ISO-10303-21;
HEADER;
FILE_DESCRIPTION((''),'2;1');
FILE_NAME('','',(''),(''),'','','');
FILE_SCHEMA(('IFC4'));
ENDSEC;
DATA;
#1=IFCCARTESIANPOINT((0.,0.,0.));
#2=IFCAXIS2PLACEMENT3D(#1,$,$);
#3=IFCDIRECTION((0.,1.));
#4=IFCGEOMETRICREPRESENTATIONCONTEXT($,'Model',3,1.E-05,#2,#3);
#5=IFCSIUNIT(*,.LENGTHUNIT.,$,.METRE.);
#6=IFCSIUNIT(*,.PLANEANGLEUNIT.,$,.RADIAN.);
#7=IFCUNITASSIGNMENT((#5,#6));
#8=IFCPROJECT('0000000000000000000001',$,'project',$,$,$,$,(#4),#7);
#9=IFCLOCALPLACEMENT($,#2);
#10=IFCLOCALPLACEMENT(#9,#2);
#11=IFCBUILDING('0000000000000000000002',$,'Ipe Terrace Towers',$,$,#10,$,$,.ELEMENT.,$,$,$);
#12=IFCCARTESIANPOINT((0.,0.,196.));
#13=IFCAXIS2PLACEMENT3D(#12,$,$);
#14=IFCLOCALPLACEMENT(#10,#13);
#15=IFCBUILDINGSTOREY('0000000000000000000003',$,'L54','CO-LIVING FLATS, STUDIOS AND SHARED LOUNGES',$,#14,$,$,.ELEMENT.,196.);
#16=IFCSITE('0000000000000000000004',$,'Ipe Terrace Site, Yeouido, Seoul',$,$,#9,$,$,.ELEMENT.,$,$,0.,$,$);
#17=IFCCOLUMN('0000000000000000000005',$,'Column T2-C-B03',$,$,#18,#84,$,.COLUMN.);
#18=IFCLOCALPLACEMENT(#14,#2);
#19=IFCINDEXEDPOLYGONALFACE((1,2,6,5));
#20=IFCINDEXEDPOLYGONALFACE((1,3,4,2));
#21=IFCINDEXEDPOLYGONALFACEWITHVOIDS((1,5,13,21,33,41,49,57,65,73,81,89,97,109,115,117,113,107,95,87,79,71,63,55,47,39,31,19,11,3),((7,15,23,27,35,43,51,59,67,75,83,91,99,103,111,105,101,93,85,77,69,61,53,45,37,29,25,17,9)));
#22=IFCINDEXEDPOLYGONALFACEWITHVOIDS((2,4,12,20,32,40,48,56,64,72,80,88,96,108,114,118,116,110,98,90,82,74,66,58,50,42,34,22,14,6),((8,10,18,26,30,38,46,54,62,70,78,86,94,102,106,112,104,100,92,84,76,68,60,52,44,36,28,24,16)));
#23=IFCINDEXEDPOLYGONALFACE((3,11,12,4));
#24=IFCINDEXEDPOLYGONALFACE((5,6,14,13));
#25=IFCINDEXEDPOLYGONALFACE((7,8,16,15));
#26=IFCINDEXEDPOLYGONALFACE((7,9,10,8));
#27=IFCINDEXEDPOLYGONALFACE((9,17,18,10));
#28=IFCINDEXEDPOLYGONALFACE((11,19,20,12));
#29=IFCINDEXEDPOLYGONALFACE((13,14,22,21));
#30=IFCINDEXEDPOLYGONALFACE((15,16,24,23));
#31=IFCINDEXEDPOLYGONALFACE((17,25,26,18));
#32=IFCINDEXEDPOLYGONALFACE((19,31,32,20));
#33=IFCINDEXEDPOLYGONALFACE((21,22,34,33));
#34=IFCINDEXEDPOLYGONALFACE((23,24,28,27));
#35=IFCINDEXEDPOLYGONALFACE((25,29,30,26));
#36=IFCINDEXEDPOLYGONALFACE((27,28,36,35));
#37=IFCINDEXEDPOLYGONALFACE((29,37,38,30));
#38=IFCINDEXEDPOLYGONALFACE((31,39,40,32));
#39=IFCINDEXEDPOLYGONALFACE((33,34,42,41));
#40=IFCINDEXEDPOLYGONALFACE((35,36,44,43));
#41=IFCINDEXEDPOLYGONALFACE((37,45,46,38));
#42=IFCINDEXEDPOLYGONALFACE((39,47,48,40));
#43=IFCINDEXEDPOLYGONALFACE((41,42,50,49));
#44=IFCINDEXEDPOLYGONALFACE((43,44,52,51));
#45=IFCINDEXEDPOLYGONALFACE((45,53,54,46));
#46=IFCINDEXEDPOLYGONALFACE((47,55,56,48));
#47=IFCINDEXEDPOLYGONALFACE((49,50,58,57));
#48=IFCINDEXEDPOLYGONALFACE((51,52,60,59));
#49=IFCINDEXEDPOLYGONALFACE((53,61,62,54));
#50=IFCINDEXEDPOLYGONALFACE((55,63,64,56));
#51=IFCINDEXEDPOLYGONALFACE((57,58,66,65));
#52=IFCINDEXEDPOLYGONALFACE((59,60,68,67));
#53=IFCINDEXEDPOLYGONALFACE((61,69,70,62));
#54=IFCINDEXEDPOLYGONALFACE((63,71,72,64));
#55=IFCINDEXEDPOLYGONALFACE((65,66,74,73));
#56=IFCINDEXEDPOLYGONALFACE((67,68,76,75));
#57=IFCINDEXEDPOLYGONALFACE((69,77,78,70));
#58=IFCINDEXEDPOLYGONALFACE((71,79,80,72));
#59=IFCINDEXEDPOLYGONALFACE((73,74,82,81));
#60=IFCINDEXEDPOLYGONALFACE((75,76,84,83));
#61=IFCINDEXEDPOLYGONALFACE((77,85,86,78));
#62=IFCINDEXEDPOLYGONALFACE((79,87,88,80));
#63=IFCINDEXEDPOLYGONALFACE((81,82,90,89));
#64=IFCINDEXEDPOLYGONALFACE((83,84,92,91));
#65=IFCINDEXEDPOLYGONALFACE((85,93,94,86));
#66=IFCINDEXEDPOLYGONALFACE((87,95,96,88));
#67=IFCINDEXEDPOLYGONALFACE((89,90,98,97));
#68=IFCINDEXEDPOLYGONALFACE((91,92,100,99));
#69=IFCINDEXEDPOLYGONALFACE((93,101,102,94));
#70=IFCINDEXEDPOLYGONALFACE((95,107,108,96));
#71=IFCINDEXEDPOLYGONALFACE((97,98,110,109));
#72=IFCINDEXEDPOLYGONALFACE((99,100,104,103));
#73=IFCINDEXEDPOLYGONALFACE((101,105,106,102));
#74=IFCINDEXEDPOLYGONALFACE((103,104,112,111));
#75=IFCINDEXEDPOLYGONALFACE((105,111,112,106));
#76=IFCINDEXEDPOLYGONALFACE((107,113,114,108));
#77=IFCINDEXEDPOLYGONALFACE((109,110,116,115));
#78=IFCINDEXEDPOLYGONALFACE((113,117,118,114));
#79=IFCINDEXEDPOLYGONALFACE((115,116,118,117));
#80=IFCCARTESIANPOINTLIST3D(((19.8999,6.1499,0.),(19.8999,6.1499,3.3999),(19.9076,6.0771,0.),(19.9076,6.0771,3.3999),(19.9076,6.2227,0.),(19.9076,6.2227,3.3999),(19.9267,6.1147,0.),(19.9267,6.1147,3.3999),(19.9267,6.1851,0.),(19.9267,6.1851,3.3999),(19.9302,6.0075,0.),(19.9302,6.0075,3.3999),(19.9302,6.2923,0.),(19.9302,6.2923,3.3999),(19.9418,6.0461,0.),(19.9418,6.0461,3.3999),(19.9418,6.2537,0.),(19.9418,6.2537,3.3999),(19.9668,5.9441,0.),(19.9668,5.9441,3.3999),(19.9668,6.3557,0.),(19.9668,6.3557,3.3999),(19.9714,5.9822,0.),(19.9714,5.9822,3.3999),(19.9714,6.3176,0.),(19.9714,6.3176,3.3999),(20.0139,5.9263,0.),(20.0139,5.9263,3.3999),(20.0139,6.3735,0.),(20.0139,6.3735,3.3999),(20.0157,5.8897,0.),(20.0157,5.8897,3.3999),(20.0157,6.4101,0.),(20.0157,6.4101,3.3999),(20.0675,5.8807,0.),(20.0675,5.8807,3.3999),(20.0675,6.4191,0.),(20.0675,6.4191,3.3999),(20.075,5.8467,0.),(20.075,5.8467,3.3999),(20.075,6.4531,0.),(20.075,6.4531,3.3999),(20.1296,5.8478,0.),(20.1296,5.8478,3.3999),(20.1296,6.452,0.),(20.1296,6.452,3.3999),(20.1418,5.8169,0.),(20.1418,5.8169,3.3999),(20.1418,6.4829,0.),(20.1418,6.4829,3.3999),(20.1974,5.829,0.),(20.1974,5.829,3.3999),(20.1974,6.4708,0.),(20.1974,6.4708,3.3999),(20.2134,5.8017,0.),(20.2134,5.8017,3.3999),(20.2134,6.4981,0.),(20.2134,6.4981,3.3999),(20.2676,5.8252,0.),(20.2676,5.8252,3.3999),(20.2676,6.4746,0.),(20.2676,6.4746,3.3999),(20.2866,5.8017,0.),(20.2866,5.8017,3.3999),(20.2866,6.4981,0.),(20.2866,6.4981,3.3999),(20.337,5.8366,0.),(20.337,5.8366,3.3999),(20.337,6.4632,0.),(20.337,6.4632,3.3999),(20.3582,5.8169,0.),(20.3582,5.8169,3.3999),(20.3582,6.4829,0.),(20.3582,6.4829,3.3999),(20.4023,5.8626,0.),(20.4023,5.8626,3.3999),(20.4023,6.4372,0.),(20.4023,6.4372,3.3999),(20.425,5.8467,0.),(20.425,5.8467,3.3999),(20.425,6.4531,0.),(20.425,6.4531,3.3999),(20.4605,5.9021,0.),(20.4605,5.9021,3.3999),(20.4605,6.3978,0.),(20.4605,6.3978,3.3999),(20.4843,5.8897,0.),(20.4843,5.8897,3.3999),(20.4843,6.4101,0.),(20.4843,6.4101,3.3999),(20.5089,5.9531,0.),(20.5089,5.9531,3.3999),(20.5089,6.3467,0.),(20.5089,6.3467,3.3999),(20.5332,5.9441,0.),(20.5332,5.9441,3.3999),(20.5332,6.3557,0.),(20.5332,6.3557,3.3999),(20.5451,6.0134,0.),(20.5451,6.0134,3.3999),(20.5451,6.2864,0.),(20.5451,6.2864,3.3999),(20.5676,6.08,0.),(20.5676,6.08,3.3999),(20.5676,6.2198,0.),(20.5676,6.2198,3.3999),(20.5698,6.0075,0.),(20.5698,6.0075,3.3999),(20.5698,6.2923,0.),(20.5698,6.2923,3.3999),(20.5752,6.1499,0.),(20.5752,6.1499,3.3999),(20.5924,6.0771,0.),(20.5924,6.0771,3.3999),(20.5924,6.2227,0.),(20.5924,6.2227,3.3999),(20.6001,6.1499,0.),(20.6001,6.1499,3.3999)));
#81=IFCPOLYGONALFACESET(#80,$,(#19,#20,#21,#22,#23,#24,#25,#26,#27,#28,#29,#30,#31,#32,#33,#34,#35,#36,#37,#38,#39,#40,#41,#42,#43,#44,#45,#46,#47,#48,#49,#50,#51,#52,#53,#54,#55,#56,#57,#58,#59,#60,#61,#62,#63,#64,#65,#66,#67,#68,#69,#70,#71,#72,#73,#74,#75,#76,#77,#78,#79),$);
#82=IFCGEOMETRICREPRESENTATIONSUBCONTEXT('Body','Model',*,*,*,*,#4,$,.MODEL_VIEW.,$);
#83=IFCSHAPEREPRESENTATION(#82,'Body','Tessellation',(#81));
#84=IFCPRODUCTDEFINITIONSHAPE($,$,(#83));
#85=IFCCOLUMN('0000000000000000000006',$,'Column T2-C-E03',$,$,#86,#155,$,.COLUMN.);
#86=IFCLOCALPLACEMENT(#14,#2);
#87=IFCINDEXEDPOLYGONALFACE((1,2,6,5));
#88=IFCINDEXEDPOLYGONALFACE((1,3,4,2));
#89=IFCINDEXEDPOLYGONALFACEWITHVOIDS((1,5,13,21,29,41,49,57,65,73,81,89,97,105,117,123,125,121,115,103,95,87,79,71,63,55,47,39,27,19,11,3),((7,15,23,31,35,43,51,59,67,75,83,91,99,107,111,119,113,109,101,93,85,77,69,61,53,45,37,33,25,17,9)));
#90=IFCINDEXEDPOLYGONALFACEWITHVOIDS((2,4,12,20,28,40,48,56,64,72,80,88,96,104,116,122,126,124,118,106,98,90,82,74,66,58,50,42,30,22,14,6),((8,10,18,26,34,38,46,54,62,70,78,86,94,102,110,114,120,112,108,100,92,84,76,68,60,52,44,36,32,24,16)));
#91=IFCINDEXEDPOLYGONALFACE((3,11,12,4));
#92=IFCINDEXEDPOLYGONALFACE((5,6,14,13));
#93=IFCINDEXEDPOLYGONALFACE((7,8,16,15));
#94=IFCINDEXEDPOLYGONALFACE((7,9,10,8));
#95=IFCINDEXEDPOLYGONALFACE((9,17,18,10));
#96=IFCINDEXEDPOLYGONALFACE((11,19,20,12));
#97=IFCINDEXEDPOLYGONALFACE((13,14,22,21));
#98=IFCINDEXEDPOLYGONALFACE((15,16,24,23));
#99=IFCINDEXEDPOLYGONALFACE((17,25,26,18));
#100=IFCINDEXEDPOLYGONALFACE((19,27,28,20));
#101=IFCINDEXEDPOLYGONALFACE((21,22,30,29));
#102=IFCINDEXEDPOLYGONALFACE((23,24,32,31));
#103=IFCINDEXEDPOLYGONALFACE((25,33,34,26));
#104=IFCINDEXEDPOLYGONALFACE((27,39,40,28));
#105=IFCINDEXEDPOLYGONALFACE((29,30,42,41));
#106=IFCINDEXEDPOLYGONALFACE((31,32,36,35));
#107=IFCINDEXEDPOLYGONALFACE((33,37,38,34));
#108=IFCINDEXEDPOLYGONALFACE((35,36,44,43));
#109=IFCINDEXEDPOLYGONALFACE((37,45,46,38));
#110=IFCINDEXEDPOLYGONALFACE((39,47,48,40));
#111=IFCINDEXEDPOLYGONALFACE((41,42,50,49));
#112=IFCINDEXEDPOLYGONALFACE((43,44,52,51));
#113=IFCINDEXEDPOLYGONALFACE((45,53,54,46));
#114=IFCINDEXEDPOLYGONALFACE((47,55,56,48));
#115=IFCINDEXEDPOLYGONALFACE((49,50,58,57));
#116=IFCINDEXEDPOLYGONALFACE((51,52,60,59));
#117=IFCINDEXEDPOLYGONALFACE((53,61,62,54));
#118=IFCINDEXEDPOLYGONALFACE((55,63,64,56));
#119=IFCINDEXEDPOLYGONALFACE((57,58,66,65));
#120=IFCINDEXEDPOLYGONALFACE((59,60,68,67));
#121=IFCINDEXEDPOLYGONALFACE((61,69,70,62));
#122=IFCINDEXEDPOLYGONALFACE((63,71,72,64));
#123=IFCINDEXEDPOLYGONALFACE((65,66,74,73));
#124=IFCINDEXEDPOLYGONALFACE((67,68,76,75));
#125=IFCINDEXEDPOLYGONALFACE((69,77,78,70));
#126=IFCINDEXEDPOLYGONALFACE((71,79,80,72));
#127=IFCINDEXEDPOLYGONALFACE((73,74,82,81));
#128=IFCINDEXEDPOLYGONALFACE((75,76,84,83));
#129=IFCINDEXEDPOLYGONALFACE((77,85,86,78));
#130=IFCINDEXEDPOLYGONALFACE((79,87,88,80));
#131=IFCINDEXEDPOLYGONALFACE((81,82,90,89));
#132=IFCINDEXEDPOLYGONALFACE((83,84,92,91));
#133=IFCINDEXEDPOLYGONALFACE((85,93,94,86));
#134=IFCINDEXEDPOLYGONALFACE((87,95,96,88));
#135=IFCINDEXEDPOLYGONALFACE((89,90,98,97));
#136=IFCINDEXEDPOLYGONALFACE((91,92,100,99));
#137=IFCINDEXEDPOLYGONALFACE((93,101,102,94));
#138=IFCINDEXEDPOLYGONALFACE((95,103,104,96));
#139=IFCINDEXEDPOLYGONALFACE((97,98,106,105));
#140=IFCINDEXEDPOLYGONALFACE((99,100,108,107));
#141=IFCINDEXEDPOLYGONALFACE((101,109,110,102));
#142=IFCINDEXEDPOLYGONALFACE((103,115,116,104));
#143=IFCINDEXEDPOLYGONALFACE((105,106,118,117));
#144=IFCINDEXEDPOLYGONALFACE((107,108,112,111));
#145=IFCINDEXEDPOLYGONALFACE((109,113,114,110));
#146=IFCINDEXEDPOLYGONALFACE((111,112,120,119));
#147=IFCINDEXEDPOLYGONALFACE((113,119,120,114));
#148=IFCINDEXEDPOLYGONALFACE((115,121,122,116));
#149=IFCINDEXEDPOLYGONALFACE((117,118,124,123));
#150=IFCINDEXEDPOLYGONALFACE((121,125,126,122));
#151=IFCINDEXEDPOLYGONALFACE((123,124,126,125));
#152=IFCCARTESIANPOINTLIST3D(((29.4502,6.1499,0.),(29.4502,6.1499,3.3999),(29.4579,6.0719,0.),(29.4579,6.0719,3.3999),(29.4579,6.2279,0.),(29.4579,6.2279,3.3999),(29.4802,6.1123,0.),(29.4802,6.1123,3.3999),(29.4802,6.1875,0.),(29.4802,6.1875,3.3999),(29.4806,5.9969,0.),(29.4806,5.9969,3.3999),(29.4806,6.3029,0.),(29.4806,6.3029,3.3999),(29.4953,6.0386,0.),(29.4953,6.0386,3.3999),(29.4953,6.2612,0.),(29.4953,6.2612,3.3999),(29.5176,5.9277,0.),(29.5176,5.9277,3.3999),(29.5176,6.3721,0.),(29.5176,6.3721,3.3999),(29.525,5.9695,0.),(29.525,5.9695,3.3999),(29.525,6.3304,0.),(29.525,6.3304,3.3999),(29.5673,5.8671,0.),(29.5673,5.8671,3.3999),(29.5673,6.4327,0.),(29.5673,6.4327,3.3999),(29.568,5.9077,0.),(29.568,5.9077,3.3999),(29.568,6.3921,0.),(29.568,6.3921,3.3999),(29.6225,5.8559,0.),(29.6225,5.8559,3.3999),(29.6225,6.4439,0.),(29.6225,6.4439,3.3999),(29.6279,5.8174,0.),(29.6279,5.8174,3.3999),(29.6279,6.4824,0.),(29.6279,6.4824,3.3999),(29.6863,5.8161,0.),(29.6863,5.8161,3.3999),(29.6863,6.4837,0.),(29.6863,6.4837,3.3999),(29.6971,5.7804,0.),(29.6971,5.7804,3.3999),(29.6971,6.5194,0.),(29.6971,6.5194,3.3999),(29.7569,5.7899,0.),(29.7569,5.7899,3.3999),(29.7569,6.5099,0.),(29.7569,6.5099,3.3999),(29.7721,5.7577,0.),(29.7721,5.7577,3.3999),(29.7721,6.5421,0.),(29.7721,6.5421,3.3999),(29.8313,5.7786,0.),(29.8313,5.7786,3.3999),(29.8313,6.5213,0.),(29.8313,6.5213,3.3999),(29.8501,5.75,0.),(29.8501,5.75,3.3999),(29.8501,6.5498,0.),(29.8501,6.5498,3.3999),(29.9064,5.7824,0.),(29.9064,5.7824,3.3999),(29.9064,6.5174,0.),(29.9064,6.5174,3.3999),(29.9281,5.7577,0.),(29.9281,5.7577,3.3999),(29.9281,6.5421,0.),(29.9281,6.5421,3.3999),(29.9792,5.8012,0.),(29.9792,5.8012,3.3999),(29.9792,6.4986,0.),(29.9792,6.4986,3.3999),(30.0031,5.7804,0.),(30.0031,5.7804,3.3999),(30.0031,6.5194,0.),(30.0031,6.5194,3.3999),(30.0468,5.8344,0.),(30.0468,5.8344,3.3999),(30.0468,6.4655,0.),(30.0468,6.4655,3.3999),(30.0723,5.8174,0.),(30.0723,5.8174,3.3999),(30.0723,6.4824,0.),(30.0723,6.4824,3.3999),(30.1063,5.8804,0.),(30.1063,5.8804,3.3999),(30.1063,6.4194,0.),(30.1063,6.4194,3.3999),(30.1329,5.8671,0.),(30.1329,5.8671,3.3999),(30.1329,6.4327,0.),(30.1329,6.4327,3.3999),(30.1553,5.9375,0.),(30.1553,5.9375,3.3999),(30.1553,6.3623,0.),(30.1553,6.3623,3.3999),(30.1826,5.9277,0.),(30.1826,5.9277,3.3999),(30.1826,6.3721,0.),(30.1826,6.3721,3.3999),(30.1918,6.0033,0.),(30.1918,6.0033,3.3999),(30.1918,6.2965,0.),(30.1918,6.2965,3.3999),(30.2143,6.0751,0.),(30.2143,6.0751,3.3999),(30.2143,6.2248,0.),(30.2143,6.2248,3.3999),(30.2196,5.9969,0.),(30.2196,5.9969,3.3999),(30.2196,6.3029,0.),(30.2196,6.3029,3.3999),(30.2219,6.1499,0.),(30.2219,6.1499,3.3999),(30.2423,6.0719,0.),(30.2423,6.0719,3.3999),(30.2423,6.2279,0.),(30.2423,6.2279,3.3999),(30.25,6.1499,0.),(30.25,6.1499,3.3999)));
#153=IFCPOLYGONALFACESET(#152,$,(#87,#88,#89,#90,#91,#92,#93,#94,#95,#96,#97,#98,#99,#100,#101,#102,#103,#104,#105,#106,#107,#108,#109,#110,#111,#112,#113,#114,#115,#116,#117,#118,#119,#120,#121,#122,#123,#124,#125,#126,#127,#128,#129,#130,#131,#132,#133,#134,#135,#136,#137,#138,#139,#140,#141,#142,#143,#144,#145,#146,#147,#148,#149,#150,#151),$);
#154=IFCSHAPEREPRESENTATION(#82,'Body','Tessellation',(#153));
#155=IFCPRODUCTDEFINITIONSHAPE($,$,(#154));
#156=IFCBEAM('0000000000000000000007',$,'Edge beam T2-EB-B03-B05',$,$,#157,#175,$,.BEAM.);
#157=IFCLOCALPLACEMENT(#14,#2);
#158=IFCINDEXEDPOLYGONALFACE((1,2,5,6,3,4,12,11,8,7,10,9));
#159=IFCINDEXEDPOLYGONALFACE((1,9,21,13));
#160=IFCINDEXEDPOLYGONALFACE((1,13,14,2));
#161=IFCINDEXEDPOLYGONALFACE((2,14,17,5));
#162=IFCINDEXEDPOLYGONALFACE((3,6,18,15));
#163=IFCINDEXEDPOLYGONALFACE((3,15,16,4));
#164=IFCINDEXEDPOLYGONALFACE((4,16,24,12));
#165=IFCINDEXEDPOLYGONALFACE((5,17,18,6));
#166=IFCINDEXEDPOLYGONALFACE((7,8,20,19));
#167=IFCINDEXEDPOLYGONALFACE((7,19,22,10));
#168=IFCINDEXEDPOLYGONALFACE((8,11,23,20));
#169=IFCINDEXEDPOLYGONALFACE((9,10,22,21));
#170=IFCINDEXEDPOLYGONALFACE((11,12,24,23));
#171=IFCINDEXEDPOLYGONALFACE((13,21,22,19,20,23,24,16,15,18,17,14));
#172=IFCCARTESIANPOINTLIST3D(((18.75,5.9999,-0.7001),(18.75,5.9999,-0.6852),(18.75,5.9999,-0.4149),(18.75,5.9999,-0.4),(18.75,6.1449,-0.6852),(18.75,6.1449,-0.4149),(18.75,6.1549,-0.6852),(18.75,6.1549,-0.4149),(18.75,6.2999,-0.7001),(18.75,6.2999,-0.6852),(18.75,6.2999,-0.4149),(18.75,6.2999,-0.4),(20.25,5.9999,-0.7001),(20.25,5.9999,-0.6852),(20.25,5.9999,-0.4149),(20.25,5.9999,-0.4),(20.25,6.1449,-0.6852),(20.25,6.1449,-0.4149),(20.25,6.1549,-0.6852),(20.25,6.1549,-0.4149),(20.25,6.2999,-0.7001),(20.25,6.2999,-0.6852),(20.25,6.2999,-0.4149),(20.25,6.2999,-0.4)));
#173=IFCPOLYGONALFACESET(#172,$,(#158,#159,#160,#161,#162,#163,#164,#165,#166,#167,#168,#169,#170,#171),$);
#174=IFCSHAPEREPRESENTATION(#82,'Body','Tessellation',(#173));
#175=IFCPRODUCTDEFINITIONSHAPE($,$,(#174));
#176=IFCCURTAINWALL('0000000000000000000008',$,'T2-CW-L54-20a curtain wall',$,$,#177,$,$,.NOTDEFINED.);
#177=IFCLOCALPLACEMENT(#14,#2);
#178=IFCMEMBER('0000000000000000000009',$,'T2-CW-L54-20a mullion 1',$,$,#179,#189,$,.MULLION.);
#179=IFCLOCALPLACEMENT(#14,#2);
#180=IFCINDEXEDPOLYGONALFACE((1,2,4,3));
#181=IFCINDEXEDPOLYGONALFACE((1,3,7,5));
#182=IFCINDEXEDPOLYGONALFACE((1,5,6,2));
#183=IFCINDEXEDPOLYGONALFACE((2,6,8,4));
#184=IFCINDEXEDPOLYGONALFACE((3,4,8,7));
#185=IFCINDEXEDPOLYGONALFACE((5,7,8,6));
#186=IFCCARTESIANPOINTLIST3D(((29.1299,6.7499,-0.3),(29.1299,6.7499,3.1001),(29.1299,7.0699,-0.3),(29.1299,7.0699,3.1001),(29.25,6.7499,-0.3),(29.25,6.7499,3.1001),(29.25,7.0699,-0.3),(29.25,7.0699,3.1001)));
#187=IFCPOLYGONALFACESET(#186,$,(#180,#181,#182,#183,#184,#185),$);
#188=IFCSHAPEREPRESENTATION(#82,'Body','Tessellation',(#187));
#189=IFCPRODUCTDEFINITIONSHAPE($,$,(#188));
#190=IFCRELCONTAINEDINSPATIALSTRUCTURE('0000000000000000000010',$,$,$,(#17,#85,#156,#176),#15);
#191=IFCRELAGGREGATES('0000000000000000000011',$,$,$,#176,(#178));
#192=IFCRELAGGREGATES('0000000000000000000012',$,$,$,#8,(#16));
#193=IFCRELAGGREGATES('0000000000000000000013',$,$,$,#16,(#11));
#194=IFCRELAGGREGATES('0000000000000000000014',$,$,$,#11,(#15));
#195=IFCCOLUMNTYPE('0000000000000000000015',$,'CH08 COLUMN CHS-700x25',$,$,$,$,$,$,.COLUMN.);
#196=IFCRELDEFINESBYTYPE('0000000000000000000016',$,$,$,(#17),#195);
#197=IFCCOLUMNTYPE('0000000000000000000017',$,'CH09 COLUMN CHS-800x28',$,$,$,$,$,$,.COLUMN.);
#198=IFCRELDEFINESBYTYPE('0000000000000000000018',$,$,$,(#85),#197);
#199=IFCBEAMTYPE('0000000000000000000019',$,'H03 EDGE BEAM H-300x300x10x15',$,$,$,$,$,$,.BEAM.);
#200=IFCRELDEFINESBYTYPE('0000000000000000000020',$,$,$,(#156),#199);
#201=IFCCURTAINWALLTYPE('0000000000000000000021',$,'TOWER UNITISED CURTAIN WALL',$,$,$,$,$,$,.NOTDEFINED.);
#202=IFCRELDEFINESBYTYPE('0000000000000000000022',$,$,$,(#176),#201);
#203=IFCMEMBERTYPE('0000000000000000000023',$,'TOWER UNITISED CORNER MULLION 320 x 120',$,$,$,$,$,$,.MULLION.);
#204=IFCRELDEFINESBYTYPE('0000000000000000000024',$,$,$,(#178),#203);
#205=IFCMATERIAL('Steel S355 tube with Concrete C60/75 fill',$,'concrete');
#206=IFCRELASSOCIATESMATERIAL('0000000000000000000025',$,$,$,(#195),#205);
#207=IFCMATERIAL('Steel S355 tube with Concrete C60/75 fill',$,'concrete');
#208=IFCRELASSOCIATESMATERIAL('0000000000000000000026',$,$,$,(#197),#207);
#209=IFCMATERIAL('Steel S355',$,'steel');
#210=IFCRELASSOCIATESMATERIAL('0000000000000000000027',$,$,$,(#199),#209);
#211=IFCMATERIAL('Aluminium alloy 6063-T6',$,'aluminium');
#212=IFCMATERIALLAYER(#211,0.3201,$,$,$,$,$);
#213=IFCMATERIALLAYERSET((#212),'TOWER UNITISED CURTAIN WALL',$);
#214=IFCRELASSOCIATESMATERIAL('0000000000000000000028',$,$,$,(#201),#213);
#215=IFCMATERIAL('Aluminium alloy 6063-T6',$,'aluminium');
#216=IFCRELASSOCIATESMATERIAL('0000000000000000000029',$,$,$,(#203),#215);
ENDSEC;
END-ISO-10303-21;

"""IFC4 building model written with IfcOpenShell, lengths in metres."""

from ifc_helpers import new_model, si_unit, direction, frame, origin, origin_2d, place, context, subcontext, project, spatial, rectangle, hollow_circle, i_section, extrude, material, layer, layer_set, material_profile, profile_set, type_object, element, aggregate, save


model = new_model("IFC4")

# Units and contexts
model_context = context("Model", 3, precision=1e-05, world=origin(), true_north=direction((0.0, 1.0)))
body_context = subcontext(model_context, "Body", "Model", "MODEL_VIEW")
ifc_project = project(units=[si_unit("LENGTHUNIT", "METRE"), si_unit("PLANEANGLEUNIT", "RADIAN")], contexts=[model_context])

# Site, building, storey
site_placement = place(None, origin())
site = spatial("IfcSite", under=ifc_project, at=site_placement, Name="Ipe Terrace Site, Yeouido, Seoul", CompositionType="ELEMENT", RefElevation=0.0)
building_placement = place(site_placement, origin())
building = spatial("IfcBuilding", under=site, at=building_placement, Name="Ipe Terrace Towers", CompositionType="ELEMENT")
storey_placement = place(building_placement, frame((0.0, 0.0, 196.0)))
storey = spatial("IfcBuildingStorey", under=building, at=storey_placement, Name="L54", Description="CO-LIVING FLATS, STUDIOS AND SHARED LOUNGES", CompositionType="ELEMENT", Elevation=196.0)

# Columns
ifc_material_1 = material(Name="Steel S355 tube with Concrete C60/75 fill", Category="concrete")
ifc_material_profile_1 = material_profile(ifc_material_1, hollow_circle(Radius=0.3501, WallThickness=0.0249, at=origin_2d()), Name="CHS-700x25")
ifc_profile_set_1 = profile_set([ifc_material_profile_1], Name="Steel S355 tube with Concrete C60/75 fill")
column_type_1 = type_object("IfcColumnType", Name="CH08 COLUMN CHS-700x25", PredefinedType="COLUMN", material=ifc_profile_set_1)
column_1_placement = place(storey_placement, frame((20.25, 6.1499, 0.0), z_axis=(0.0, 0.0, 1.0), x_axis=(1.0, 0.0, 0.0)))
element("IfcColumn", 1, at=column_1_placement, inside=storey, type_object=column_type_1, Name="Column T2-C-B03", PredefinedType="COLUMN", context=body_context, shape_type="SweptSolid", body=[
    extrude(hollow_circle(Radius=0.3501, WallThickness=0.0249, at=origin_2d()), origin(), (0.0, 0.0, 1.0), 3.3999),
])
ifc_material_2 = material(Name="Steel S355 tube with Concrete C60/75 fill", Category="concrete")
ifc_material_profile_2 = material_profile(ifc_material_2, hollow_circle(Radius=0.3999, WallThickness=0.0281, at=origin_2d()), Name="CHS-800x28")
ifc_profile_set_2 = profile_set([ifc_material_profile_2], Name="Steel S355 tube with Concrete C60/75 fill")
column_type_2 = type_object("IfcColumnType", Name="CH09 COLUMN CHS-800x28", PredefinedType="COLUMN", material=ifc_profile_set_2)
column_2_placement = place(storey_placement, frame((29.8501, 6.1499, 0.0), z_axis=(0.0, 0.0, 1.0), x_axis=(1.0, 0.0, 0.0)))
element("IfcColumn", 2, at=column_2_placement, inside=storey, type_object=column_type_2, Name="Column T2-C-E03", PredefinedType="COLUMN", context=body_context, shape_type="SweptSolid", body=[
    extrude(hollow_circle(Radius=0.3999, WallThickness=0.0281, at=origin_2d()), origin(), (0.0, 0.0, 1.0), 3.3999),
])

# Beam
ifc_material_3 = material(Name="Steel S355", Category="steel")
ifc_material_profile_3 = material_profile(ifc_material_3, i_section(OverallWidth=0.3, OverallDepth=0.3, WebThickness=0.01, FlangeThickness=0.0149, at=origin_2d()), Name="H-300x300x10x15")
ifc_profile_set_3 = profile_set([ifc_material_profile_3], Name="Steel S355")
beam_type = type_object("IfcBeamType", Name="H03 EDGE BEAM H-300x300x10x15", PredefinedType="BEAM", material=ifc_profile_set_3)
beam_placement = place(storey_placement, frame((20.25, 6.1499, -0.55), z_axis=(-1.0, 0.0, 0.0), x_axis=(0.0, -1.0, 0.0)))
element("IfcBeam", 3, at=beam_placement, inside=storey, type_object=beam_type, Name="Edge beam T2-EB-B03-B05", PredefinedType="BEAM", context=body_context, shape_type="SweptSolid", body=[
    extrude(i_section(OverallWidth=0.3, OverallDepth=0.3, WebThickness=0.01, FlangeThickness=0.0149, at=origin_2d()), origin(), (0.0, 0.0, 1.0), 1.5),
])

# Curtain wall, member
ifc_material_4 = material(Name="Aluminium alloy 6063-T6", Category="aluminium")
ifc_layer_1 = layer(ifc_material_4, 0.3201)
ifc_layer_set_1 = layer_set([ifc_layer_1], Name="TOWER UNITISED CURTAIN WALL")
curtain_wall_type = type_object("IfcCurtainWallType", Name="TOWER UNITISED CURTAIN WALL", PredefinedType="NOTDEFINED", material=ifc_layer_set_1)
curtain_wall_1_placement = place(storey_placement, origin())
curtain_wall_1 = element("IfcCurtainWall", 4, at=curtain_wall_1_placement, inside=storey, type_object=curtain_wall_type, Name="T2-CW-L54-20a curtain wall", PredefinedType="NOTDEFINED")
ifc_material_5 = material(Name="Aluminium alloy 6063-T6", Category="aluminium")
ifc_material_profile_4 = material_profile(ifc_material_5, rectangle(XDim=0.3201, YDim=0.1201, at=origin_2d()), Name="TOWER UNITISED CORNER MULLION 320 x 120")
ifc_profile_set_4 = profile_set([ifc_material_profile_4], Name="Aluminium alloy 6063-T6")
member_type = type_object("IfcMemberType", Name="TOWER UNITISED CORNER MULLION 320 x 120", PredefinedType="MULLION", material=ifc_profile_set_4)
member_1_placement = place(storey_placement, frame((29.1899, 6.9099, -0.3), z_axis=(0.0, 0.0, 1.0), x_axis=(0.0, 1.0, 0.0)))
member_1 = element("IfcMember", 5, at=member_1_placement, type_object=member_type, Name="T2-CW-L54-20a mullion 1", PredefinedType="MULLION", context=body_context, shape_type="SweptSolid", body=[
    extrude(rectangle(XDim=0.3201, YDim=0.1201, at=origin_2d()), origin(), (0.0, 0.0, 1.0), 3.4001),
])

aggregate(curtain_wall_1, [member_1])

save(model, "model.ifc")
